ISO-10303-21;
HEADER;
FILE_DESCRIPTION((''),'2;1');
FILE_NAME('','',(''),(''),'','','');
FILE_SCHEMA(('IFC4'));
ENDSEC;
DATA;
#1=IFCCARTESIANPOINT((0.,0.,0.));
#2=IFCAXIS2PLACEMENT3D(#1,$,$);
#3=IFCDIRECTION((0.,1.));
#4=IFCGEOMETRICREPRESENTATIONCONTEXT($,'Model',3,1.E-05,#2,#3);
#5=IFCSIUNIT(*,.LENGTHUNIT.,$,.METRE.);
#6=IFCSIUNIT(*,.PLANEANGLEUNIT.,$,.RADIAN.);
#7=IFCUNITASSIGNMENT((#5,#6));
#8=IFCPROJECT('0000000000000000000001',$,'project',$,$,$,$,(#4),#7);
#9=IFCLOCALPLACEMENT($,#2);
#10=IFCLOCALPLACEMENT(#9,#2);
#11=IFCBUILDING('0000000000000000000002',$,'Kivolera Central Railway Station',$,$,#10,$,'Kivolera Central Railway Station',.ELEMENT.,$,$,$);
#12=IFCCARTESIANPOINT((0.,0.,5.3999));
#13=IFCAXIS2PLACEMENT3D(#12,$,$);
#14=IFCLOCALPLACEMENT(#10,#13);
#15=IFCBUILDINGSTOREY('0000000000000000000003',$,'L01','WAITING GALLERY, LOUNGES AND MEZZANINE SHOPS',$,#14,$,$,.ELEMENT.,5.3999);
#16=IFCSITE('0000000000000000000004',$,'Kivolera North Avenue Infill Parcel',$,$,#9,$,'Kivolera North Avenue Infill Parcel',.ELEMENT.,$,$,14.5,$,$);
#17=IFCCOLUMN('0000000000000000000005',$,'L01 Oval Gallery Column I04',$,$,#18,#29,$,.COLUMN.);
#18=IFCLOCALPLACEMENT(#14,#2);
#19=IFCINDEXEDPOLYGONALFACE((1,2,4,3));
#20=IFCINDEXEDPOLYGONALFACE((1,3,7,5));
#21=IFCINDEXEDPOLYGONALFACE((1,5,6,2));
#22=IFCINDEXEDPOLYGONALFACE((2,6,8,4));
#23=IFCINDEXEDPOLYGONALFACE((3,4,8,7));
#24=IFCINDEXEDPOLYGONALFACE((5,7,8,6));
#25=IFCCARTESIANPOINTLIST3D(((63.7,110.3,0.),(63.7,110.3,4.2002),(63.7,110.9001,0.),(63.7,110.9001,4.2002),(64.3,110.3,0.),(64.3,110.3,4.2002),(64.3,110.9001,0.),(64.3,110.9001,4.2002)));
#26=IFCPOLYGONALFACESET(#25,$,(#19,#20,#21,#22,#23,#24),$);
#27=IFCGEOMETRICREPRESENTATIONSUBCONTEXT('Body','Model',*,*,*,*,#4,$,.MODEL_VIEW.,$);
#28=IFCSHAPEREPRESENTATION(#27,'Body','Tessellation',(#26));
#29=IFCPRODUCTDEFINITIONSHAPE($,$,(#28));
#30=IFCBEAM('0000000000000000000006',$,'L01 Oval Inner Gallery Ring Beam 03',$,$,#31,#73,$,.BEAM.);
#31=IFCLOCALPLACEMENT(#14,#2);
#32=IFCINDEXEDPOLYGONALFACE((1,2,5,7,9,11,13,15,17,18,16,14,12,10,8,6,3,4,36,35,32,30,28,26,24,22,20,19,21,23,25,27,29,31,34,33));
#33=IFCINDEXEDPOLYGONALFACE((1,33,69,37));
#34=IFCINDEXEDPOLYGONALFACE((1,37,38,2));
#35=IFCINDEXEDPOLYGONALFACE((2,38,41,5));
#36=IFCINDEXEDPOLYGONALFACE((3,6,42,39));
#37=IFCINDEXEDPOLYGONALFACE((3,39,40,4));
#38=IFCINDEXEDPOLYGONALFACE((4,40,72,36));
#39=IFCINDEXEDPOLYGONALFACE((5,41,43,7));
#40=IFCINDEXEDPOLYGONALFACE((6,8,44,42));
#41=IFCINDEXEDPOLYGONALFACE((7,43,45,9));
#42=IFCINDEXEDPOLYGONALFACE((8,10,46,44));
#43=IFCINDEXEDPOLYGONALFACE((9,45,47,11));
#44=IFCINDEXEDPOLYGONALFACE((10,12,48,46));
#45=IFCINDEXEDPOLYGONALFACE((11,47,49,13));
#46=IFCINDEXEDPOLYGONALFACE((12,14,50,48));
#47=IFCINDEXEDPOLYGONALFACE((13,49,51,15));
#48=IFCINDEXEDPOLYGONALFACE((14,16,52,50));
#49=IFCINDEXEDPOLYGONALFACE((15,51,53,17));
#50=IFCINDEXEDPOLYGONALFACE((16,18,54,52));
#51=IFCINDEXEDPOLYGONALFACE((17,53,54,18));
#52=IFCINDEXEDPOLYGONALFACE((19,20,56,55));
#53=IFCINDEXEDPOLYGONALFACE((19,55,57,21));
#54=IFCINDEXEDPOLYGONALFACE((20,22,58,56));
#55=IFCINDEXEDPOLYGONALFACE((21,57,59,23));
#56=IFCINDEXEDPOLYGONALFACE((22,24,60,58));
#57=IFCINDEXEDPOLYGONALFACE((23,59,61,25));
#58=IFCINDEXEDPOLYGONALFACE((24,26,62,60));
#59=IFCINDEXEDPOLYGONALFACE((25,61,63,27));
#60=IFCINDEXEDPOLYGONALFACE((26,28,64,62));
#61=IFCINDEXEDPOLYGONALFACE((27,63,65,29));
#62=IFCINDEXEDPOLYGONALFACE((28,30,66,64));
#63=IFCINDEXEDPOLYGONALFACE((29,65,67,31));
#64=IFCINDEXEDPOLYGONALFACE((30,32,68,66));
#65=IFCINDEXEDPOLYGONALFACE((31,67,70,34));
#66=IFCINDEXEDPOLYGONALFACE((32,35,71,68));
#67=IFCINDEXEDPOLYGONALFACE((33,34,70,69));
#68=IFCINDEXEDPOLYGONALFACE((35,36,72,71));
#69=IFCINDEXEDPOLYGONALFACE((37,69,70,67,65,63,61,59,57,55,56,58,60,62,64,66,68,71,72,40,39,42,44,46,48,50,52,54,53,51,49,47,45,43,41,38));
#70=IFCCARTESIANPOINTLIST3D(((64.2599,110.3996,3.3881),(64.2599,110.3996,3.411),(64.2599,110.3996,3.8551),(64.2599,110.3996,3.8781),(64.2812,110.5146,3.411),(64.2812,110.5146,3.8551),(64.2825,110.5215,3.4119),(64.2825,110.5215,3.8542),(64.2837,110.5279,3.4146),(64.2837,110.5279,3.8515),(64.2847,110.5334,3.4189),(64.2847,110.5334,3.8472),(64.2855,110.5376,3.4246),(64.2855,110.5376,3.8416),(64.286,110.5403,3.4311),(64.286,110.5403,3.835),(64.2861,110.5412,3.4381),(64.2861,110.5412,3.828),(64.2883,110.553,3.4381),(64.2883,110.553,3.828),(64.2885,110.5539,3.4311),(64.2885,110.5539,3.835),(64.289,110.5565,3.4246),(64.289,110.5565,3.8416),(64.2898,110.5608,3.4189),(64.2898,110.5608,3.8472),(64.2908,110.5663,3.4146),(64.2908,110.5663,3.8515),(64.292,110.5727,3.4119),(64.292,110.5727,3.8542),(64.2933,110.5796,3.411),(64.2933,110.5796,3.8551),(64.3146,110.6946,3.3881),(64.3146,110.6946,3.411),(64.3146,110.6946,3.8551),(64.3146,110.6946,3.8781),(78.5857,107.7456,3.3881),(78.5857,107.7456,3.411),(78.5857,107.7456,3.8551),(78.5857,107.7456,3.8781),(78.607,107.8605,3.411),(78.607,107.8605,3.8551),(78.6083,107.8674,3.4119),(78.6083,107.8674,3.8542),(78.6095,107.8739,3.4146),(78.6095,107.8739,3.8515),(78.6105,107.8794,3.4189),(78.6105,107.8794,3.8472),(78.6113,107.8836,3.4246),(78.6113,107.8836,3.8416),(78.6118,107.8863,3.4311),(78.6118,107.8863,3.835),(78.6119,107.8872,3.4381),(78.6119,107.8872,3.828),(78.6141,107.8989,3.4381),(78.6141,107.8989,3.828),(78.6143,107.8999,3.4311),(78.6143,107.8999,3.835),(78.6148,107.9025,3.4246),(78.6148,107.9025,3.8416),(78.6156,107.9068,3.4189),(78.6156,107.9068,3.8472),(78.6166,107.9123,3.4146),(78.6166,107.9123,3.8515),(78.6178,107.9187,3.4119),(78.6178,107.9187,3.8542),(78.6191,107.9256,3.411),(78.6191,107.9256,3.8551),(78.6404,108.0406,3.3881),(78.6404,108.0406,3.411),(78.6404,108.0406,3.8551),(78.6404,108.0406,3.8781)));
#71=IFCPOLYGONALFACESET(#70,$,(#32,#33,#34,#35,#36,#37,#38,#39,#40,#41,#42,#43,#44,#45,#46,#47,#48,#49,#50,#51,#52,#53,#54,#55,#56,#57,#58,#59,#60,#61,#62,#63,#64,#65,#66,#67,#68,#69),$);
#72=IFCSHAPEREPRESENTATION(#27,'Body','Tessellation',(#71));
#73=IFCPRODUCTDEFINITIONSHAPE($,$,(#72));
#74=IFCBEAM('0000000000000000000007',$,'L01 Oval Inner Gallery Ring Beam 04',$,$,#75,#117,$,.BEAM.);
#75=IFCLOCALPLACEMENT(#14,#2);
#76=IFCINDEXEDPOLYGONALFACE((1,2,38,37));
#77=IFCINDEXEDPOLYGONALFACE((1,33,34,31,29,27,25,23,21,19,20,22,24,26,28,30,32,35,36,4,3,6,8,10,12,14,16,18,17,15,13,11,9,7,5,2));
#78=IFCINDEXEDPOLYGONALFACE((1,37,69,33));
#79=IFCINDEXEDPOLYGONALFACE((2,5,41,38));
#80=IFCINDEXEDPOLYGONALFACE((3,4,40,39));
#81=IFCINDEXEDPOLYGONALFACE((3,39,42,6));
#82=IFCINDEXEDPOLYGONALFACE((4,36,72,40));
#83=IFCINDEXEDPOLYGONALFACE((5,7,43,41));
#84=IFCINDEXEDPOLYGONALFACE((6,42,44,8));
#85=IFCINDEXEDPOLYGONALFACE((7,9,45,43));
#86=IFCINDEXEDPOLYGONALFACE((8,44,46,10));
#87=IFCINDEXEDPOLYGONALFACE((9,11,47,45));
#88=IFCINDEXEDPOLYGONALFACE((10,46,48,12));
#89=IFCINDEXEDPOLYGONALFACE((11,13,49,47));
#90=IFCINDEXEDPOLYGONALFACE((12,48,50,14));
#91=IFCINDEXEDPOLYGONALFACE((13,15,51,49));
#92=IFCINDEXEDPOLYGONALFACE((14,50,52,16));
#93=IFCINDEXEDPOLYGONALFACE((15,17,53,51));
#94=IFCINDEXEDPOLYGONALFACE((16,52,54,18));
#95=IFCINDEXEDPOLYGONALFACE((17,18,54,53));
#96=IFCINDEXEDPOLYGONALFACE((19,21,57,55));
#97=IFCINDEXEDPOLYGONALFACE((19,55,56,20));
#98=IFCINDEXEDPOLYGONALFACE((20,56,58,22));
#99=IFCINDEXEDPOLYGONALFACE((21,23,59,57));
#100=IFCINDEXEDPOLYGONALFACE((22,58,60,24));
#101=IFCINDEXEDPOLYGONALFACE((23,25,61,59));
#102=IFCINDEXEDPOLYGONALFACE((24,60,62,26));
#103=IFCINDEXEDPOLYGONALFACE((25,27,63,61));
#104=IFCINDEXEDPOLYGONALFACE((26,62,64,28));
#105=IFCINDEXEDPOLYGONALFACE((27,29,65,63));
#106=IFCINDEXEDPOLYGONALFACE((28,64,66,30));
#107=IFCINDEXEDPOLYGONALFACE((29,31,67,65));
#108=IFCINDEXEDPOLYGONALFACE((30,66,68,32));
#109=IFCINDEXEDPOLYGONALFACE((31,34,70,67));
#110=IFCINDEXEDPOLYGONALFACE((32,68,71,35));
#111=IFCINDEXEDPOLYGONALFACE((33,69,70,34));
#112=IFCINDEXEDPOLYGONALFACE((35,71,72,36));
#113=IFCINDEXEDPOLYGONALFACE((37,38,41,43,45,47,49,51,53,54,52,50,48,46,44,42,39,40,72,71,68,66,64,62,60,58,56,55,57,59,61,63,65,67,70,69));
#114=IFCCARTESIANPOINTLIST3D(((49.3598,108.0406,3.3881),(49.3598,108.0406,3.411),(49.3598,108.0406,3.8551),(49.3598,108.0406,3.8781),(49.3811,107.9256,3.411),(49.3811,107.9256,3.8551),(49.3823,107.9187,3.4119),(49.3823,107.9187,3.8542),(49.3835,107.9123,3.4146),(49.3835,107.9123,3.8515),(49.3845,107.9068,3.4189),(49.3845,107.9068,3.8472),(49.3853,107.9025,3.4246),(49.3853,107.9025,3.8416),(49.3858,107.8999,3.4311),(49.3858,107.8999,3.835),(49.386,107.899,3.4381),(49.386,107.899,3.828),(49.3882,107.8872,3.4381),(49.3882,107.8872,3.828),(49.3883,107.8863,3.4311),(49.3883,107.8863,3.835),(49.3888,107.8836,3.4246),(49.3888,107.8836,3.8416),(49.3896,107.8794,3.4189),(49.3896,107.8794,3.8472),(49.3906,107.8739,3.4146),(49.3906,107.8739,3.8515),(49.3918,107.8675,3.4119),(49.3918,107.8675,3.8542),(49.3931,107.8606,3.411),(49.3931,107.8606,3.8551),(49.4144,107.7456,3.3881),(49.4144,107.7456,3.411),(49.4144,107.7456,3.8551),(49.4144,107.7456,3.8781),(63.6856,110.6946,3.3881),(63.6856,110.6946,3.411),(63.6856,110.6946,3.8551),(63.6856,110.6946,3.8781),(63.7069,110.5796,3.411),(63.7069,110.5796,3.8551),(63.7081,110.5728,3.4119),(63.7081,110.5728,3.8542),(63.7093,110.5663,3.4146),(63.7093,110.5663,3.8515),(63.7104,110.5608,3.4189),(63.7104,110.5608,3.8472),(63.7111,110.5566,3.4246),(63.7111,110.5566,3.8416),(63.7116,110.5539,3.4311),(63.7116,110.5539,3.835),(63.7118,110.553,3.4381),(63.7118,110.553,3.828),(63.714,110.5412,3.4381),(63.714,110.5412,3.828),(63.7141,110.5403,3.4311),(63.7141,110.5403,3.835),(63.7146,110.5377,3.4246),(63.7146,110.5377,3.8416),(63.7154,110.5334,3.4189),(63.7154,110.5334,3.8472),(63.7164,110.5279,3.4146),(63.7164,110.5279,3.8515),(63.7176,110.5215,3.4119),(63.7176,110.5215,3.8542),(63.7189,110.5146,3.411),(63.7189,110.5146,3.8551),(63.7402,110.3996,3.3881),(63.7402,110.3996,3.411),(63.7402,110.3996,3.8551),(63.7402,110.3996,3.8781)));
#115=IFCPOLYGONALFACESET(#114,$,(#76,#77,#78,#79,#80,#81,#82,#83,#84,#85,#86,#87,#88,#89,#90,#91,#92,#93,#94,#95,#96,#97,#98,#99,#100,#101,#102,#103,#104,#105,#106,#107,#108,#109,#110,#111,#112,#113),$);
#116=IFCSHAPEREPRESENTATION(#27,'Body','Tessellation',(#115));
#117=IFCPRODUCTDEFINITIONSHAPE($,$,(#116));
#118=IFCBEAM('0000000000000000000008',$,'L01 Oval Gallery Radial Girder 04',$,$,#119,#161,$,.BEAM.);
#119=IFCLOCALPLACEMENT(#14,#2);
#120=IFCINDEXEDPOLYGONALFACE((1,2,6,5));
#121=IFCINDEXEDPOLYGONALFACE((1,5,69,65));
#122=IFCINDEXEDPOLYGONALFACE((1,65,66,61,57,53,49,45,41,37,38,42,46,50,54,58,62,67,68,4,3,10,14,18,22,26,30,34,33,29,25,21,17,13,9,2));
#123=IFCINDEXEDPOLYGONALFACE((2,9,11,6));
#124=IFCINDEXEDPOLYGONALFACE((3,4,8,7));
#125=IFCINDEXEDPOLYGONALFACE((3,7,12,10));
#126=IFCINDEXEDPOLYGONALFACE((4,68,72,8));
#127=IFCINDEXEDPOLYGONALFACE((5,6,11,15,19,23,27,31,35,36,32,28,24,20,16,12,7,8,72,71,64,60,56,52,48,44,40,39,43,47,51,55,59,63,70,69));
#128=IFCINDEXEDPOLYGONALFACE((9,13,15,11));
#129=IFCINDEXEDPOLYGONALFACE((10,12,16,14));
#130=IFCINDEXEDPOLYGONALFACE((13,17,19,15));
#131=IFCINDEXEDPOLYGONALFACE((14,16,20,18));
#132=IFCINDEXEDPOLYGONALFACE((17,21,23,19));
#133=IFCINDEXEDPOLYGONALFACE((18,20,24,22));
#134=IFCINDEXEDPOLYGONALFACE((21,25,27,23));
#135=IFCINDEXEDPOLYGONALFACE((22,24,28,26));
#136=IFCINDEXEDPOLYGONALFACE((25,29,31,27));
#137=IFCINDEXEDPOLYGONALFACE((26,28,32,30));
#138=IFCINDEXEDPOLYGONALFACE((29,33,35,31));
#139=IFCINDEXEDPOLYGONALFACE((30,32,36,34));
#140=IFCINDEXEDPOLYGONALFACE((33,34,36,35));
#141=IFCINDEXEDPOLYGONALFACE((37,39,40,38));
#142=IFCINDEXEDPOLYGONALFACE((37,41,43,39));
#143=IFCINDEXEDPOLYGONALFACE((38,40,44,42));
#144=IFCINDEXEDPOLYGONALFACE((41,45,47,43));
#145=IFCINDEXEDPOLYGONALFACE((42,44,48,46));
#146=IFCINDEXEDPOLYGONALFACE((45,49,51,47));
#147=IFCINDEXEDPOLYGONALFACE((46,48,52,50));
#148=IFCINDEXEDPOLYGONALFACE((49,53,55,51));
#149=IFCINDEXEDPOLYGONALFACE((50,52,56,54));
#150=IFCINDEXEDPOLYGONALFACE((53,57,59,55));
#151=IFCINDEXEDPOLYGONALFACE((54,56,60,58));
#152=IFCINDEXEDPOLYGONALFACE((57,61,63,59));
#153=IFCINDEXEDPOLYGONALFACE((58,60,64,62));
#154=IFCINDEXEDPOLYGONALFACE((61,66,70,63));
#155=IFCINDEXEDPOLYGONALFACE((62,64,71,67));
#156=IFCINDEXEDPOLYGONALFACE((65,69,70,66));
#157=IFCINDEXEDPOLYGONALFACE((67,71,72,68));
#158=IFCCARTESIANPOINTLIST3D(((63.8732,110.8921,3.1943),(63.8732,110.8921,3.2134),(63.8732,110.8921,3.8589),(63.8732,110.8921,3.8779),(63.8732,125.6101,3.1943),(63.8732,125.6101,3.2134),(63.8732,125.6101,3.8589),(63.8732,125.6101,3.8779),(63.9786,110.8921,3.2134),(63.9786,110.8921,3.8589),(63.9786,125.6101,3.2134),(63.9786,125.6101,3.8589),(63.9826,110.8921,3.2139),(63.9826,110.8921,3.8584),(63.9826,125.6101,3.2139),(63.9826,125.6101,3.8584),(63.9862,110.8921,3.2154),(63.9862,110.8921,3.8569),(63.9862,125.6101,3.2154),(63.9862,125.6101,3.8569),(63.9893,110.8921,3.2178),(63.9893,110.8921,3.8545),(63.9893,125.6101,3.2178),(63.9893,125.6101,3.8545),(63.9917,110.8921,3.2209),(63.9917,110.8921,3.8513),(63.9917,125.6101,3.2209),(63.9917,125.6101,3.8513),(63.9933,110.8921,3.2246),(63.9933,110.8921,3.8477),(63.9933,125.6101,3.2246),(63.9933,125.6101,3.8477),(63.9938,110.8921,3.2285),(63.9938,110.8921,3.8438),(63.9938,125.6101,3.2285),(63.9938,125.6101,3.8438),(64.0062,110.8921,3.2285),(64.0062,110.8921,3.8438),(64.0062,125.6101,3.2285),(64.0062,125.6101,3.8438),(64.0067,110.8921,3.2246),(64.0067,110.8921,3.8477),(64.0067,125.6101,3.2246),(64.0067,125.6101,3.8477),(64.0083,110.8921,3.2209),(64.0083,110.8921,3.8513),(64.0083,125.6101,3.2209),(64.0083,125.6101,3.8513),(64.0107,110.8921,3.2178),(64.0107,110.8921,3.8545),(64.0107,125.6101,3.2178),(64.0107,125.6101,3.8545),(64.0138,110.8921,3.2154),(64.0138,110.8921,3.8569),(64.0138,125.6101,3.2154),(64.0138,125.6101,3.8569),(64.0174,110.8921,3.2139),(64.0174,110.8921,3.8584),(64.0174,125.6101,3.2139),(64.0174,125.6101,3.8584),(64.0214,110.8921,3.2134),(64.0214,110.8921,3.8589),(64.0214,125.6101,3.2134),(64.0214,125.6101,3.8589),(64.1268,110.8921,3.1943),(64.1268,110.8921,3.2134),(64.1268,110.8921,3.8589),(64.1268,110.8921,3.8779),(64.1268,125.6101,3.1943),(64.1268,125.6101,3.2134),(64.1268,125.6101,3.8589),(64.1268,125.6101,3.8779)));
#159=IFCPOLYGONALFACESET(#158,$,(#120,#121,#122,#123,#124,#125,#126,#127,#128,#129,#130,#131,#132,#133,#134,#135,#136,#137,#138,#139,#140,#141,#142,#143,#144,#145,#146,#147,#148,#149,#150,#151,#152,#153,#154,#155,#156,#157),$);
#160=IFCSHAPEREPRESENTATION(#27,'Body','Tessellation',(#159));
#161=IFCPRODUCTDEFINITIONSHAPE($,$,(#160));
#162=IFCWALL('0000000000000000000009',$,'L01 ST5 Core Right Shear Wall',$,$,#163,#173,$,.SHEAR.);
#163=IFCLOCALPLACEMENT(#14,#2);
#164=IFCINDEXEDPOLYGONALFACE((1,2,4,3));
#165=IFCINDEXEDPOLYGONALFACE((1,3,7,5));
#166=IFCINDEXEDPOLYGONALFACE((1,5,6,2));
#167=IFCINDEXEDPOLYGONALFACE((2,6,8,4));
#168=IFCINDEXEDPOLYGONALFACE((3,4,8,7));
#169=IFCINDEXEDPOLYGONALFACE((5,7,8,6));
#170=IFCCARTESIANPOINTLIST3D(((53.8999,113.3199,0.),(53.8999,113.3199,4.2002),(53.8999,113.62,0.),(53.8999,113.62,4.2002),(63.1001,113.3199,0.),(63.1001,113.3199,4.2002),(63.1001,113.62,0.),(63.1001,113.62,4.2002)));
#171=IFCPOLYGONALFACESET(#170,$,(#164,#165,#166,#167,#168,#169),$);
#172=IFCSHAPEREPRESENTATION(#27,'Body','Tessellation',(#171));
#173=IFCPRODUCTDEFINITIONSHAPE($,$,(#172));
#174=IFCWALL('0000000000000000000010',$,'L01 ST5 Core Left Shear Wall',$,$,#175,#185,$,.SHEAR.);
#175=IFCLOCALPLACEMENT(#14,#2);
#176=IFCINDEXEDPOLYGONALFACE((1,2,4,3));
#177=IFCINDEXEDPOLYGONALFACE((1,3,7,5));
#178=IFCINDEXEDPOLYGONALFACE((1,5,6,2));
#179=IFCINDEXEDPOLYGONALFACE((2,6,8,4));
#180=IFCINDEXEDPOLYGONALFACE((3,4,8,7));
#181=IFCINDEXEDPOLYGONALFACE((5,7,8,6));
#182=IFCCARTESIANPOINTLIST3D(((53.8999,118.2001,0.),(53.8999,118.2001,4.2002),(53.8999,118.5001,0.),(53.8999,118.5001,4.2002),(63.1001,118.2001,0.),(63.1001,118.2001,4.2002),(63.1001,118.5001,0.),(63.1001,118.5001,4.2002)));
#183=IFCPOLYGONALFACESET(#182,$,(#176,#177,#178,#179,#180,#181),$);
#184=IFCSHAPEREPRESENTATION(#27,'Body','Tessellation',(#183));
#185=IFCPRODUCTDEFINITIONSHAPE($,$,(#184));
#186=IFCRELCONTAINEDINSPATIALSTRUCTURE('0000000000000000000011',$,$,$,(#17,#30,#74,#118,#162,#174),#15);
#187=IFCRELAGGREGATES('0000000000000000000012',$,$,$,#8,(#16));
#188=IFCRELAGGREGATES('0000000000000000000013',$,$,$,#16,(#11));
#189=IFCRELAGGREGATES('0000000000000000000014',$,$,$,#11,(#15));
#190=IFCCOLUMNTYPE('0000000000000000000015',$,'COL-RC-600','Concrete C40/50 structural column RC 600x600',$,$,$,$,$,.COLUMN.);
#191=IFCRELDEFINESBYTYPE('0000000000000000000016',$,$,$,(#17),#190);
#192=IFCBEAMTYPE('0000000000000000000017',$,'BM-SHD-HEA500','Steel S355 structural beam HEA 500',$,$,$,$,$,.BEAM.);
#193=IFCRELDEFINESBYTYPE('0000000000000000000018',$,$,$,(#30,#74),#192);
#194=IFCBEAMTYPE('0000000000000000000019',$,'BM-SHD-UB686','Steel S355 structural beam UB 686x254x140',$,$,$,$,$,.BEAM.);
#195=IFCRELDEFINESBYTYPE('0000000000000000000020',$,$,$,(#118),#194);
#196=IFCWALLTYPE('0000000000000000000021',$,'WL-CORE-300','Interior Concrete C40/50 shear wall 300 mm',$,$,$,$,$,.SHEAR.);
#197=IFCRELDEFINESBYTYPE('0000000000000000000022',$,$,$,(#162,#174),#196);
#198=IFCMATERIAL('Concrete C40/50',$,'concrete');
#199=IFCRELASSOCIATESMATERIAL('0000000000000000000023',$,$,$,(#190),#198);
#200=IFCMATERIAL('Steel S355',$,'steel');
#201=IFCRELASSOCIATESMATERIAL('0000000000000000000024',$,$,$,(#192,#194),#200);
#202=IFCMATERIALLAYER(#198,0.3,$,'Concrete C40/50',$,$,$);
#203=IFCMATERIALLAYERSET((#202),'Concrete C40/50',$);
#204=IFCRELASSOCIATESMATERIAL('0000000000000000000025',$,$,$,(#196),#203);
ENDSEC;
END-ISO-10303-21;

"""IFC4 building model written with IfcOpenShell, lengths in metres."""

from ifc_helpers import new_model, si_unit, direction, frame, frame_2d, origin, origin_2d, place, context, subcontext, project, spatial, rectangle, i_section, extrude, material, layer, layer_set, material_profile, profile_set, type_object, element, save


model = new_model("IFC4")

# Units and contexts
model_context = context("Model", 3, precision=1e-05, world=origin(), true_north=direction((0.0, 1.0)))
body_context = subcontext(model_context, "Body", "Model", "MODEL_VIEW")
ifc_project = project(units=[si_unit("LENGTHUNIT", "METRE"), si_unit("PLANEANGLEUNIT", "RADIAN")], contexts=[model_context])

# Site, building, storey
site_placement = place(None, origin())
site = spatial("IfcSite", under=ifc_project, at=site_placement, Name="Kivolera North Avenue Infill Parcel", LongName="Kivolera North Avenue Infill Parcel", CompositionType="ELEMENT", RefElevation=14.5)
building_placement = place(site_placement, origin())
building = spatial("IfcBuilding", under=site, at=building_placement, Name="Kivolera Central Railway Station", LongName="Kivolera Central Railway Station", CompositionType="ELEMENT")
storey_placement = place(building_placement, frame((0.0, 0.0, 5.3999)))
storey = spatial("IfcBuildingStorey", under=building, at=storey_placement, Name="L01", Description="WAITING GALLERY, LOUNGES AND MEZZANINE SHOPS", CompositionType="ELEMENT", Elevation=5.3999)

# Column
ifc_material_1 = material(Name="Concrete C40/50", Category="concrete")
ifc_material_profile_1 = material_profile(ifc_material_1, rectangle(XDim=0.6001, YDim=0.6001, at=origin_2d()), Name="RC 600x600")
ifc_profile_set_1 = profile_set([ifc_material_profile_1], Name="Concrete C40/50")
column_type = type_object("IfcColumnType", Name="COL-RC-600", Description="Concrete C40/50 structural column RC 600x600", PredefinedType="COLUMN", material=ifc_profile_set_1)
column_placement = place(storey_placement, frame((64.0, 110.6001, 0.0), z_axis=(0.0, 0.0, 1.0), x_axis=(1.0, 0.0, 0.0)))
element("IfcColumn", 1, at=column_placement, inside=storey, type_object=column_type, Name="L01 Oval Gallery Column I04", PredefinedType="COLUMN", context=body_context, shape_type="SweptSolid", body=[
    extrude(rectangle(XDim=0.6001, YDim=0.6001, at=origin_2d()), origin(), (0.0, 0.0, 1.0), 4.2002),
])

# Beams
ifc_material_2 = material(Name="Steel S355", Category="steel")
ifc_material_profile_2 = material_profile(ifc_material_2, i_section(OverallWidth=0.3, OverallDepth=0.49, WebThickness=0.012, FlangeThickness=0.0229, FilletRadius=0.0271, at=origin_2d()), Name="HEA 500")
ifc_profile_set_2 = profile_set([ifc_material_profile_2], Name="Steel S355")
beam_type_1 = type_object("IfcBeamType", Name="BM-SHD-HEA500", Description="Steel S355 structural beam HEA 500", PredefinedType="BEAM", material=ifc_profile_set_2)
for number, where, z_axis, x_axis, name in (
    (2, (78.613, 107.8931, 3.6331), (-0.983268, 0.182162, 0.0), (-0.182162, -0.983268, 0.0), "L01 Oval Inner Gallery Ring Beam 03"),
    (3, (63.7129, 110.5471, 3.6331), (-0.983268, -0.182162, 0.0), (0.182162, -0.983268, 0.0), "L01 Oval Inner Gallery Ring Beam 04"),
):
    element("IfcBeam", number, at=place(storey_placement, frame(where, z_axis=z_axis, x_axis=x_axis)), inside=storey, type_object=beam_type_1, Name=name, PredefinedType="BEAM", context=body_context, shape_type="SweptSolid", body=[
        extrude(i_section(OverallWidth=0.3, OverallDepth=0.49, WebThickness=0.012, FlangeThickness=0.0229, FilletRadius=0.0271, at=origin_2d()), origin(), (0.0, 0.0, 1.0), 14.5696),
    ])
ifc_material_profile_3 = material_profile(ifc_material_2, i_section(OverallWidth=0.2537, OverallDepth=0.6836, WebThickness=0.0125, FlangeThickness=0.019, FilletRadius=0.0151, at=origin_2d()), Name="UB 686x254x140")
ifc_profile_set_3 = profile_set([ifc_material_profile_3], Name="Steel S355")
beam_type_2 = type_object("IfcBeamType", Name="BM-SHD-UB686", Description="Steel S355 structural beam UB 686x254x140", PredefinedType="BEAM", material=ifc_profile_set_3)
beam_placement = place(storey_placement, frame((64.0, 110.8921, 3.5361), z_axis=(0.0, 1.0, 0.0), x_axis=(-1.0, 0.0, 0.0)))
element("IfcBeam", 4, at=beam_placement, inside=storey, type_object=beam_type_2, Name="L01 Oval Gallery Radial Girder 04", PredefinedType="BEAM", context=body_context, shape_type="SweptSolid", body=[
    extrude(i_section(OverallWidth=0.2537, OverallDepth=0.6836, WebThickness=0.0125, FlangeThickness=0.019, FilletRadius=0.0151, at=origin_2d()), origin(), (0.0, 0.0, 1.0), 14.718),
])

# Walls
ifc_layer_1 = layer(ifc_material_1, 0.3, Name="Concrete C40/50")
ifc_layer_set_1 = layer_set([ifc_layer_1], Name="Concrete C40/50")
wall_type_1 = type_object("IfcWallType", Name="WL-CORE-300", Description="Interior Concrete C40/50 shear wall 300 mm", PredefinedType="SHEAR", material=ifc_layer_set_1)
for number, where, z_axis, x_axis, name in (
    (5, (63.1001, 113.47, 0.0), (0.0, 0.0, 1.0), (-1.0, 0.0, 0.0), "L01 ST5 Core Right Shear Wall"),
    (6, (53.8999, 118.3501, 0.0), (0.0, 0.0, 1.0), (1.0, 0.0, 0.0), "L01 ST5 Core Left Shear Wall"),
):
    element("IfcWall", number, at=place(storey_placement, frame(where, z_axis=z_axis, x_axis=x_axis)), inside=storey, type_object=wall_type_1, Name=name, PredefinedType="SHEAR", context=body_context, shape_type="SweptSolid", body=[
        extrude(rectangle(XDim=9.2002, YDim=0.3, at=frame_2d((4.6001, 0.0))), origin(), (0.0, 0.0, 1.0), 4.2002),
    ])

save(model, "model.ifc")
